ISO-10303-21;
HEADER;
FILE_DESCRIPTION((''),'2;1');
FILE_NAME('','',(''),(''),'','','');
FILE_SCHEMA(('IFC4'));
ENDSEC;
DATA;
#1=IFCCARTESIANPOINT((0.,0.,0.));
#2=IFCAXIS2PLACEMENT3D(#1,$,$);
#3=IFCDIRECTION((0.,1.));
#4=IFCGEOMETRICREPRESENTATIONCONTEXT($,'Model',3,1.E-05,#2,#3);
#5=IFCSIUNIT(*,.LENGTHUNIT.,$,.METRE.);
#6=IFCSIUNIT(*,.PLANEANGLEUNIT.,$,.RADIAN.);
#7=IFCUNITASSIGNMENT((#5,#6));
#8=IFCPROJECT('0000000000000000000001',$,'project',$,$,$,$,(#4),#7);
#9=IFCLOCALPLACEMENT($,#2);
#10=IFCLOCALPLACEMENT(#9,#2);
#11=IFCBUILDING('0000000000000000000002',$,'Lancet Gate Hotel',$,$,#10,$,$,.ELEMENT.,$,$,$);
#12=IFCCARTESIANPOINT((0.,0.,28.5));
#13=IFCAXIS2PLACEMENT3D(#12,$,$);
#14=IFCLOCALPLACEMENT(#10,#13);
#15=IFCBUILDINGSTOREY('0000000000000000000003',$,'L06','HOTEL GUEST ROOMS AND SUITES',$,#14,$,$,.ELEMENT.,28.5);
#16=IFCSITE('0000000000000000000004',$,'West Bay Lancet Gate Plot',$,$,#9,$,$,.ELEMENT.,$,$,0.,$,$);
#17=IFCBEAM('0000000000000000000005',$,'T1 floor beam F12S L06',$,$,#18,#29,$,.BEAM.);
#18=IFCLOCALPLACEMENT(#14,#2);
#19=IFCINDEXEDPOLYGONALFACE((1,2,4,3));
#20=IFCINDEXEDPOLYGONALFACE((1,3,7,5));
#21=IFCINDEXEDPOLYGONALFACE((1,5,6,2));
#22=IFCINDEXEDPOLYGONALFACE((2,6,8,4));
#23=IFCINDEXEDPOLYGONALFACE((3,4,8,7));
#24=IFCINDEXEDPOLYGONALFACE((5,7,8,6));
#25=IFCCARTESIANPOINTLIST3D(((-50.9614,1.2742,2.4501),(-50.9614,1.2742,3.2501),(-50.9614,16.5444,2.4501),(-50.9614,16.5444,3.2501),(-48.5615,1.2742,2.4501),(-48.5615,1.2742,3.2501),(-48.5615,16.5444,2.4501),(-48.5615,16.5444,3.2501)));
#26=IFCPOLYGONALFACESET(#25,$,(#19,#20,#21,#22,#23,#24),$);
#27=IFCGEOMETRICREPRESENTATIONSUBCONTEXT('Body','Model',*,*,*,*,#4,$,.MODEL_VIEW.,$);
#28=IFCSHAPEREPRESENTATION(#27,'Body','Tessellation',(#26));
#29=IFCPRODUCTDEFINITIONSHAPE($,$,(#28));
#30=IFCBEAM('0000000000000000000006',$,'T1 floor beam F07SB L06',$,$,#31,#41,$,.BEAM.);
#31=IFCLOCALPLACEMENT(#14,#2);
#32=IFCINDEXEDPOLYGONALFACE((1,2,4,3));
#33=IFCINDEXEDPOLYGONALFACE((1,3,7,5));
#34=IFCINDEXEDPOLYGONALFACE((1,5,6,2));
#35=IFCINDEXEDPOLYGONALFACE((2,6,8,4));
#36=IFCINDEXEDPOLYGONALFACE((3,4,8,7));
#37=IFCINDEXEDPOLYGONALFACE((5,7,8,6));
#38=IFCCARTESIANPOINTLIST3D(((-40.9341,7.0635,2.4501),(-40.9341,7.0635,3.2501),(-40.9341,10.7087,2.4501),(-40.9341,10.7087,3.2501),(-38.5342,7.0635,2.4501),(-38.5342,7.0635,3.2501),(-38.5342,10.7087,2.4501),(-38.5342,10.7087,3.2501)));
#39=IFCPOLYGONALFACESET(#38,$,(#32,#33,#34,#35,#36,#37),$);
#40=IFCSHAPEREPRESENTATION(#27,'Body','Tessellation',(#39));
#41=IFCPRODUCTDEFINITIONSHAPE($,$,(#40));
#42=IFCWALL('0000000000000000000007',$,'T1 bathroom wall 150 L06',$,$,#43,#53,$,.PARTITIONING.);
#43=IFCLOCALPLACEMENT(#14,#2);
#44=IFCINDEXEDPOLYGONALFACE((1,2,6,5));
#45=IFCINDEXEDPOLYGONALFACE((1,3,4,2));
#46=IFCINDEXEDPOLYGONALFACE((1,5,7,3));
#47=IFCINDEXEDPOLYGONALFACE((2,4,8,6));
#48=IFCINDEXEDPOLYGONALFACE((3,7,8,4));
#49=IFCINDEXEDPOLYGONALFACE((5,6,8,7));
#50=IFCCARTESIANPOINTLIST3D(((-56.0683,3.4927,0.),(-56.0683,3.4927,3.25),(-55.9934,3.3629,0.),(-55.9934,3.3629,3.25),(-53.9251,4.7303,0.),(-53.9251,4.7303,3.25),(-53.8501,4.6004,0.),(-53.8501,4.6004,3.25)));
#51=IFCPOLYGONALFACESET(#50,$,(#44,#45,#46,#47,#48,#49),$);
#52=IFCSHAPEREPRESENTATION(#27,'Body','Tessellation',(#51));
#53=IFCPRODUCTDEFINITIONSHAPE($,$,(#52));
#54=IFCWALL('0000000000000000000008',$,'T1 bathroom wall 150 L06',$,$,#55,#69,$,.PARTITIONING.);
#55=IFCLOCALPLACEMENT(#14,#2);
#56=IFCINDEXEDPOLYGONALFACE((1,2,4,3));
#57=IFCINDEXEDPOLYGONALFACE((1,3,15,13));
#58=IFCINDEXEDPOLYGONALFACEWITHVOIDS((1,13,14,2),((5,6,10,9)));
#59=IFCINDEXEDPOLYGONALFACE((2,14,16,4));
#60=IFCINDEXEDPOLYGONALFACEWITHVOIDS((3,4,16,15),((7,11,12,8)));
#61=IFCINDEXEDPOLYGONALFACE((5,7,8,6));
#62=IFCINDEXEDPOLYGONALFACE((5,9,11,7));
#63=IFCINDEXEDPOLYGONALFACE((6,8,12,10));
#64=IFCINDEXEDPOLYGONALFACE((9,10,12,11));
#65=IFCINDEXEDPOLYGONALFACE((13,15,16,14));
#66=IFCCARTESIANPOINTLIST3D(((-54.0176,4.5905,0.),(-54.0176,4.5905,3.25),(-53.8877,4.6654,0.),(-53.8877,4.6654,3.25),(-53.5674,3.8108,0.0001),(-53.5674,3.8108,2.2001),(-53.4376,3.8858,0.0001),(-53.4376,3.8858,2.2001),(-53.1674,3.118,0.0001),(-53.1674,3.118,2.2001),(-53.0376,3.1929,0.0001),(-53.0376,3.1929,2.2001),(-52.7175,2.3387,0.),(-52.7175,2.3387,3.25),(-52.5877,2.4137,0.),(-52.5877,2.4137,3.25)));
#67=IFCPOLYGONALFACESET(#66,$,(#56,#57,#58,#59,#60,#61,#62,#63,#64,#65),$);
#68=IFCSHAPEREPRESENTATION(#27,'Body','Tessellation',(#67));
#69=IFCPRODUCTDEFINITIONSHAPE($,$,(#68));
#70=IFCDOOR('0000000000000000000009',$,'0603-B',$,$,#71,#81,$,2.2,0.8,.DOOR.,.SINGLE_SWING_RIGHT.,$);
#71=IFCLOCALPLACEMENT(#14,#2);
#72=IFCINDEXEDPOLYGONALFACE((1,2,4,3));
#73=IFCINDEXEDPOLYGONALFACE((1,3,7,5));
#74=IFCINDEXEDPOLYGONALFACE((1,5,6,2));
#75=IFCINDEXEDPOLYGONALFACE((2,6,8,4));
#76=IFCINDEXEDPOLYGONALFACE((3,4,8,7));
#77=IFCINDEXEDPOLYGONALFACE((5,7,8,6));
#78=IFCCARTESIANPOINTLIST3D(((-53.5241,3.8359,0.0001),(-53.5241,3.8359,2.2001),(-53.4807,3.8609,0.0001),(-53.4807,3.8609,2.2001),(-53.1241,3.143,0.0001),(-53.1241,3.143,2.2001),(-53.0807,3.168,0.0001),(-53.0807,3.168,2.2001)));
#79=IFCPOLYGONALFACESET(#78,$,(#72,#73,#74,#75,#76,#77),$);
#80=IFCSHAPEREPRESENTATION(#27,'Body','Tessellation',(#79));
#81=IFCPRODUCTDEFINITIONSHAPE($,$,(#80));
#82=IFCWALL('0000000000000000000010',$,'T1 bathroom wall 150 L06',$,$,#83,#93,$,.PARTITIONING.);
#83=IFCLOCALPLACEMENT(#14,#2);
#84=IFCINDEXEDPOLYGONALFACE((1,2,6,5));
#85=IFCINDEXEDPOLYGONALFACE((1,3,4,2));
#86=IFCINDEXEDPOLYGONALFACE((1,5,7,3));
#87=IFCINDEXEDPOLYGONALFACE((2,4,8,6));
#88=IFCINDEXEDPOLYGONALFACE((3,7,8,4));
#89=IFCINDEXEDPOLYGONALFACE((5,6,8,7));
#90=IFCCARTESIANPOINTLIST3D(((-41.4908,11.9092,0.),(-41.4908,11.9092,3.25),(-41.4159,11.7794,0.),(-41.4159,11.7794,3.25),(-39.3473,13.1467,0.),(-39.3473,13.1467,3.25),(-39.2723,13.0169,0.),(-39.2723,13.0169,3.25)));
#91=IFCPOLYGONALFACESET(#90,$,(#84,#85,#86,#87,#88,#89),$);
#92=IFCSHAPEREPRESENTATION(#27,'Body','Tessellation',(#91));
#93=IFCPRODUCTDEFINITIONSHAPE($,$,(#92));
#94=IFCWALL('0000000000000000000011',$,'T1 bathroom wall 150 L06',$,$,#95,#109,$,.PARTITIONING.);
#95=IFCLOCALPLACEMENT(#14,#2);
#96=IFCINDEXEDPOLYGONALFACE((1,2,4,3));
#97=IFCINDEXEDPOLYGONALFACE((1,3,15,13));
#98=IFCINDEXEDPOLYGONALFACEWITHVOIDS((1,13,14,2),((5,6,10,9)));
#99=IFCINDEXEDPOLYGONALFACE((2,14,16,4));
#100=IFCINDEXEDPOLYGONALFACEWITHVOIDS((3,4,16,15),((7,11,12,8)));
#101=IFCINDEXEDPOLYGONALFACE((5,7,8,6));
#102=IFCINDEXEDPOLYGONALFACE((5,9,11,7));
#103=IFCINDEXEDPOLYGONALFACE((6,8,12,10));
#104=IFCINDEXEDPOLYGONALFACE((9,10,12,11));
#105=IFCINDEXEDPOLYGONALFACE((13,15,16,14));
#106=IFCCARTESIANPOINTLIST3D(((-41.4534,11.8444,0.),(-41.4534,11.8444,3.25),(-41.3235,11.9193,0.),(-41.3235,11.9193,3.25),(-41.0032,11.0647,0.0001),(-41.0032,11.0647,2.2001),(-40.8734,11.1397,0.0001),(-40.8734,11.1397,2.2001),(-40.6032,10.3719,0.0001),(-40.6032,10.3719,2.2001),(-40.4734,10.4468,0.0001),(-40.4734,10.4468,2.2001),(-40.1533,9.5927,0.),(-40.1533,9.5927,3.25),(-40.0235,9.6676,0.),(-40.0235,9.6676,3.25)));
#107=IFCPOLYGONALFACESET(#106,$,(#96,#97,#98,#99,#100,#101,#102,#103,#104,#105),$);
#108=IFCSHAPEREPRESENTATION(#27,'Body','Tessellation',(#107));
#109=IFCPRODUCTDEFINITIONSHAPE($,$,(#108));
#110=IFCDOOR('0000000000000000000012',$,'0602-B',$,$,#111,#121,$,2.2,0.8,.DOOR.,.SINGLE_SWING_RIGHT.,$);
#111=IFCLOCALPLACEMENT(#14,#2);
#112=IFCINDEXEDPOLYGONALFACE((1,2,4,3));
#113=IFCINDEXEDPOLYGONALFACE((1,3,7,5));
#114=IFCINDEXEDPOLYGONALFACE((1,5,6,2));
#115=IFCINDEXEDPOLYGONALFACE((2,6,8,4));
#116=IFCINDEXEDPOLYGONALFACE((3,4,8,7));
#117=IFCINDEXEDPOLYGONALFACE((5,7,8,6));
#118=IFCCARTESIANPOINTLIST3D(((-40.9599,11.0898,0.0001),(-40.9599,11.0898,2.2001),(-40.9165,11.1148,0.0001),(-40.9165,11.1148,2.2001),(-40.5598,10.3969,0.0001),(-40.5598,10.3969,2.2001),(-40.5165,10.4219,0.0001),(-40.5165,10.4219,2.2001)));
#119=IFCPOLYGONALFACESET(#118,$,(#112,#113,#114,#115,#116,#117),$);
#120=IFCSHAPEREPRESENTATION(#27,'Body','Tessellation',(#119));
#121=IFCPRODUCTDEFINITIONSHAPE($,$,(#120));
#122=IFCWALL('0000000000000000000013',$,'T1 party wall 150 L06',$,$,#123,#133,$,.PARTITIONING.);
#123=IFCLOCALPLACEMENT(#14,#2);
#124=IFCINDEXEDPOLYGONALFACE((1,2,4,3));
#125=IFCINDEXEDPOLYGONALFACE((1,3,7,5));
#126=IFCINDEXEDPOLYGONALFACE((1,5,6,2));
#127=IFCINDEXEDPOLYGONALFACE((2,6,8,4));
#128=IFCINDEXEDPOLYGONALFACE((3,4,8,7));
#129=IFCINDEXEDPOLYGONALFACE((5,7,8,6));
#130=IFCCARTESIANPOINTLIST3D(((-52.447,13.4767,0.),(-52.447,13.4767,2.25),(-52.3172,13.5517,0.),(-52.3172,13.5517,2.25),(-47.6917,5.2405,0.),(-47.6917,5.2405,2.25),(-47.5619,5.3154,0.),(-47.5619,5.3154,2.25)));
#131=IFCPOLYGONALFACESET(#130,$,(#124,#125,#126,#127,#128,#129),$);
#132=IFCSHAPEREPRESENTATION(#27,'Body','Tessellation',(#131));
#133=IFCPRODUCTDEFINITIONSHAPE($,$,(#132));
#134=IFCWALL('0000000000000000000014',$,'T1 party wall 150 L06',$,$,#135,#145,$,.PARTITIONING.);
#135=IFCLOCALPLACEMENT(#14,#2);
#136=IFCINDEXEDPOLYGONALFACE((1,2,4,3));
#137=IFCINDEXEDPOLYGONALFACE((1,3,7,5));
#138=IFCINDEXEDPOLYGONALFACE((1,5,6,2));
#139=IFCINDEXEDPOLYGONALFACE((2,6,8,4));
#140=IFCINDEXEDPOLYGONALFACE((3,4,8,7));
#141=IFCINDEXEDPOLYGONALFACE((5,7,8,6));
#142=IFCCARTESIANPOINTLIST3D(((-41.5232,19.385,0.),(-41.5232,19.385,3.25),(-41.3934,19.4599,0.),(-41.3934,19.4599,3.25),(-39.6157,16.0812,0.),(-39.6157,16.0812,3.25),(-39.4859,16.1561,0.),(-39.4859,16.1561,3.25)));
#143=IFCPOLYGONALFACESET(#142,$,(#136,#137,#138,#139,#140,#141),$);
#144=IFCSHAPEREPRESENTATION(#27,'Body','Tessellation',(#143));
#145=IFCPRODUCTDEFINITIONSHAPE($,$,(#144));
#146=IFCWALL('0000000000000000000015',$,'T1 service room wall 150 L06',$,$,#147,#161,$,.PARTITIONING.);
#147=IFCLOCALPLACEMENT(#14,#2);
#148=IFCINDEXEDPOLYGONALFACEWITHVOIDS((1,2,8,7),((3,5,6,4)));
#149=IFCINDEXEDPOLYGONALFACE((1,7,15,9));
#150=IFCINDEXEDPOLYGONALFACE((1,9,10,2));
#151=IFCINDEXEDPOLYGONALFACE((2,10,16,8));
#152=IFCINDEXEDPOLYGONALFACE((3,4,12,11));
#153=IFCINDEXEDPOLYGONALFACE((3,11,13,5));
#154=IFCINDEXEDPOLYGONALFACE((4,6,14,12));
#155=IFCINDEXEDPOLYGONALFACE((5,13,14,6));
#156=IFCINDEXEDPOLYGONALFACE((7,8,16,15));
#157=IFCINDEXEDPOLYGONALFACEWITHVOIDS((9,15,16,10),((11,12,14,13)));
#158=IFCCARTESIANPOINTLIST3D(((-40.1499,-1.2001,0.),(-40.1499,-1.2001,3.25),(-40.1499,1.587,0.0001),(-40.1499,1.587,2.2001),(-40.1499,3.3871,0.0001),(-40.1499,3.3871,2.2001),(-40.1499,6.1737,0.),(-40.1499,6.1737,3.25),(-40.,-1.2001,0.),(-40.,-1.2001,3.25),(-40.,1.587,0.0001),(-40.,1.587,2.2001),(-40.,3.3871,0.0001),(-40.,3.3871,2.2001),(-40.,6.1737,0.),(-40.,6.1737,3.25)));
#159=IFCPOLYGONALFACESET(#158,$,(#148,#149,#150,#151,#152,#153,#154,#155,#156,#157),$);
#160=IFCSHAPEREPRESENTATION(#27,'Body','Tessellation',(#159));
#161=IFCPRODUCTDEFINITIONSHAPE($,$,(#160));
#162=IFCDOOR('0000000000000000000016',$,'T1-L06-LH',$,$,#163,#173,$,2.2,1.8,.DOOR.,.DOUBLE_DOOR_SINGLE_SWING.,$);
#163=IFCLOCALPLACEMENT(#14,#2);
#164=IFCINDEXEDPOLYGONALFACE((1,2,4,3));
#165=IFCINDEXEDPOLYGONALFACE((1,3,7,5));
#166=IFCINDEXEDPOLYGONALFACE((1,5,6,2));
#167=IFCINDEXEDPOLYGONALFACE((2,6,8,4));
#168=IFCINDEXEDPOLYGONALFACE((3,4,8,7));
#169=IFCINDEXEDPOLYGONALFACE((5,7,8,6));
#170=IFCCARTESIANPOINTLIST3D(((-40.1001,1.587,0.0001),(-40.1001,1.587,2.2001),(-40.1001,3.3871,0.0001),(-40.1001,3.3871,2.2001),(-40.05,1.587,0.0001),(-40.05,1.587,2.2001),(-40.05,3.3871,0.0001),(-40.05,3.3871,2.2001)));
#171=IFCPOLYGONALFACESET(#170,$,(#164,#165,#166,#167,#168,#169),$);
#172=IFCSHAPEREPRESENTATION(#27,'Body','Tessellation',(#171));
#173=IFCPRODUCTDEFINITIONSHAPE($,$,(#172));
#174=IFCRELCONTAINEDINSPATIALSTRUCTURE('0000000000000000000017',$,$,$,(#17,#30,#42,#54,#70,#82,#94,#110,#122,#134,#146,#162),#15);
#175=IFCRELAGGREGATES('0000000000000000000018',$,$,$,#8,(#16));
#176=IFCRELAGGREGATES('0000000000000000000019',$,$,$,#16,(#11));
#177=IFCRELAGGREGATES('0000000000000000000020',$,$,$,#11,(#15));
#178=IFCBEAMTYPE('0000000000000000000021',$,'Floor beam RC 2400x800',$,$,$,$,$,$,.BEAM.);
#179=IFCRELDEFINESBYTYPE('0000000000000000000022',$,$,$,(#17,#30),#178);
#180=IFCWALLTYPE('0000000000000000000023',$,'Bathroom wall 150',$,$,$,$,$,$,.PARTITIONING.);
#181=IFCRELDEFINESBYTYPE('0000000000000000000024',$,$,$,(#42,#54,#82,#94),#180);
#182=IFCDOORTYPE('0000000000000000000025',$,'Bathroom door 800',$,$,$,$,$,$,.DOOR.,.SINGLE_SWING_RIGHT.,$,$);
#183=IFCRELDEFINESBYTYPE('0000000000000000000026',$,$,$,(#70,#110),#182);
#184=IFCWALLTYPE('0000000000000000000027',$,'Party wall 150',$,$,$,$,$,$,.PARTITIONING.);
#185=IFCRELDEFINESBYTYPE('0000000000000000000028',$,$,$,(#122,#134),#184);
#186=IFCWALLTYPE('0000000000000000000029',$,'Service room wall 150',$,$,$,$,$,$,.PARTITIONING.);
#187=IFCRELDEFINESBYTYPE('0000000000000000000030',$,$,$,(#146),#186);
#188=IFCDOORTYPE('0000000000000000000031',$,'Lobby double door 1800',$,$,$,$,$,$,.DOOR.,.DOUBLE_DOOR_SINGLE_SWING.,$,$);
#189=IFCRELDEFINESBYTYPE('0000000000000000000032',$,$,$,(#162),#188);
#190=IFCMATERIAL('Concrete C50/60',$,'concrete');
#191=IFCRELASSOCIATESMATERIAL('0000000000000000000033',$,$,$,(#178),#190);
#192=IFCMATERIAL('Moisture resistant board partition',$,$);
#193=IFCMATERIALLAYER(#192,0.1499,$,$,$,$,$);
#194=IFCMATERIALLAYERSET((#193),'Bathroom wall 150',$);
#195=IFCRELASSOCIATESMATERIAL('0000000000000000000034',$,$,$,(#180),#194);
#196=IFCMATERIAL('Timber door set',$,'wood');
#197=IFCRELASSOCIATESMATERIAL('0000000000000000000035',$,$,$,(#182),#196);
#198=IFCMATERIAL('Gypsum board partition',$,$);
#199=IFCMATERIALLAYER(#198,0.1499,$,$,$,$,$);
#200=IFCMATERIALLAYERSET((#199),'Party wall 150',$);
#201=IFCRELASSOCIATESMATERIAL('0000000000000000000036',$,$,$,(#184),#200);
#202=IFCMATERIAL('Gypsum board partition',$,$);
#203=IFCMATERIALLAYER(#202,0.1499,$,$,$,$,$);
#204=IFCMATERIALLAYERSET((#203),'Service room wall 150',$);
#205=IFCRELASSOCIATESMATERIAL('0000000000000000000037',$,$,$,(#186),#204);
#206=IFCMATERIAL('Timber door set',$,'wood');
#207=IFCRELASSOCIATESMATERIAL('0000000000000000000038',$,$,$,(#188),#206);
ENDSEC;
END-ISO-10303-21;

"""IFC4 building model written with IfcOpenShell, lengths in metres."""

from ifc_helpers import new_model, si_unit, direction, frame, frame_2d, origin, origin_2d, place, context, subcontext, project, spatial, rectangle, extrude, material, layer, layer_set, material_profile, profile_set, type_object, element, fill, save


model = new_model("IFC4")

# Units and contexts
model_context = context("Model", 3, precision=1e-05, world=origin(), true_north=direction((0.0, 1.0)))
body_context = subcontext(model_context, "Body", "Model", "MODEL_VIEW")
ifc_project = project(units=[si_unit("LENGTHUNIT", "METRE"), si_unit("PLANEANGLEUNIT", "RADIAN")], contexts=[model_context])

# Site, building, storey
site_placement = place(None, origin())
site = spatial("IfcSite", under=ifc_project, at=site_placement, Name="West Bay Lancet Gate Plot", CompositionType="ELEMENT", RefElevation=0.0)
building_placement = place(site_placement, origin())
building = spatial("IfcBuilding", under=site, at=building_placement, Name="Lancet Gate Hotel", CompositionType="ELEMENT")
storey_placement = place(building_placement, frame((0.0, 0.0, 28.5)))
storey = spatial("IfcBuildingStorey", under=building, at=storey_placement, Name="L06", Description="HOTEL GUEST ROOMS AND SUITES", CompositionType="ELEMENT", Elevation=28.5)

# Beams
ifc_material_1 = material(Name="Concrete C50/60", Category="concrete")
ifc_material_profile_1 = material_profile(ifc_material_1, rectangle(XDim=2.3999, YDim=0.8, at=origin_2d()), Name="RC 2400x800")
ifc_profile_set_1 = profile_set([ifc_material_profile_1], Name="Concrete C50/60")
beam_type_1 = type_object("IfcBeamType", Name="Floor beam RC 2400x800", PredefinedType="BEAM", material=ifc_profile_set_1)
beam_1_placement = place(storey_placement, frame((-49.7615, 16.5444, 2.8501), z_axis=(0.0, -1.0, 0.0), x_axis=(1.0, 0.0, 0.0)))
element("IfcBeam", 1, at=beam_1_placement, inside=storey, type_object=beam_type_1, Name="T1 floor beam F12S L06", PredefinedType="BEAM", context=body_context, shape_type="SweptSolid", body=[
    extrude(rectangle(XDim=2.3999, YDim=0.8, at=origin_2d()), origin(), (0.0, 0.0, 1.0), 15.2703),
])
beam_2_placement = place(storey_placement, frame((-39.7341, 10.7087, 2.8501), z_axis=(0.0, -1.0, 0.0), x_axis=(1.0, 0.0, 0.0)))
element("IfcBeam", 2, at=beam_2_placement, inside=storey, type_object=beam_type_1, Name="T1 floor beam F07SB L06", PredefinedType="BEAM", context=body_context, shape_type="SweptSolid", body=[
    extrude(rectangle(XDim=2.3999, YDim=0.8, at=origin_2d()), origin(), (0.0, 0.0, 1.0), 3.6453),
])

# Wall
ifc_material_2 = material(Name="Moisture resistant board partition")
ifc_layer_1 = layer(ifc_material_2, 0.1499)
ifc_layer_set_1 = layer_set([ifc_layer_1], Name="Bathroom wall 150")
wall_type_1 = type_object("IfcWallType", Name="Bathroom wall 150", PredefinedType="PARTITIONING", material=ifc_layer_set_1)
wall_1_placement = place(storey_placement, frame((-53.8877, 4.6653, 0.0), z_axis=(0.0, 0.0, 1.0), x_axis=(-0.866007, -0.500033, 0.0)))
element("IfcWall", 3, at=wall_1_placement, inside=storey, type_object=wall_type_1, Name="T1 bathroom wall 150 L06", PredefinedType="PARTITIONING", context=body_context, shape_type="SweptSolid", body=[
    extrude(rectangle(XDim=2.4749, YDim=0.1499, at=frame_2d((1.2373, 0.0))), origin(), (0.0, 0.0, 1.0), 3.25),
])

# Wall, opening, door
wall_2_placement = place(storey_placement, frame((-52.6526, 2.3762, 0.0), z_axis=(0.0, 0.0, 1.0), x_axis=(-0.500007, 0.866021, 0.0)))
wall_2 = element("IfcWall", 4, at=wall_2_placement, inside=storey, type_object=wall_type_1, Name="T1 bathroom wall 150 L06", PredefinedType="PARTITIONING", context=body_context, shape_type="SweptSolid", body=[
    extrude(rectangle(XDim=2.6001, YDim=0.1499, at=frame_2d((1.3, 0.0))), origin(), (0.0, 0.0, 1.0), 3.25),
])
opening_1_placement = place(wall_2_placement, frame((0.8999, 0.0, 0.0)))
opening_1 = element("IfcOpeningElement", 5, at=opening_1_placement, cuts=wall_2, PredefinedType="OPENING", context=body_context, shape_type="SweptSolid", body=[
    extrude(rectangle(XDim=0.8, YDim=2.2, at=frame_2d((0.3999, 1.1001))), frame((0.0, 0.085, 0.0), z_axis=(0.0, -1.0, 0.0), x_axis=(1.0, 0.0, 0.0)), (0.0, 0.0, 1.0), 0.1699),
])
ifc_material_3 = material(Name="Timber door set", Category="wood")
door_type_1 = type_object("IfcDoorType", Name="Bathroom door 800", OperationType="SINGLE_SWING_RIGHT", PredefinedType="DOOR", material=ifc_material_3)
door_1_placement = place(opening_1_placement, origin())
door_1 = element("IfcDoor", 6, at=door_1_placement, inside=storey, type_object=door_type_1, Name="0603-B", OperationType="SINGLE_SWING_RIGHT", OverallHeight=2.2, OverallWidth=0.8, PredefinedType="DOOR", context=body_context, shape_type="SweptSolid", body=[
    extrude(rectangle(XDim=0.8, YDim=2.2, at=frame_2d((0.3999, 1.1001))), frame((0.0, 0.0249, 0.0), z_axis=(0.0, -1.0, 0.0), x_axis=(1.0, 0.0, 0.0)), (0.0, 0.0, 1.0), 0.05),
])
fill(opening_1, door_1)

# Wall
wall_3_placement = place(storey_placement, frame((-39.3098, 13.0818, 0.0), z_axis=(0.0, 0.0, 1.0), x_axis=(-0.866031, -0.49999, 0.0)))
element("IfcWall", 7, at=wall_3_placement, inside=storey, type_object=wall_type_1, Name="T1 bathroom wall 150 L06", PredefinedType="PARTITIONING", context=body_context, shape_type="SweptSolid", body=[
    extrude(rectangle(XDim=2.4751, YDim=0.1499, at=frame_2d((1.2375, 0.0))), origin(), (0.0, 0.0, 1.0), 3.25),
])

# Wall, opening, door
wall_4_placement = place(storey_placement, frame((-40.0884, 9.6301, 0.0), z_axis=(0.0, 0.0, 1.0), x_axis=(-0.500007, 0.866021, 0.0)))
wall_4 = element("IfcWall", 8, at=wall_4_placement, inside=storey, type_object=wall_type_1, Name="T1 bathroom wall 150 L06", PredefinedType="PARTITIONING", context=body_context, shape_type="SweptSolid", body=[
    extrude(rectangle(XDim=2.6001, YDim=0.1499, at=frame_2d((1.3, 0.0))), origin(), (0.0, 0.0, 1.0), 3.25),
])
opening_2_placement = place(wall_4_placement, frame((0.8999, 0.0, 0.0)))
opening_2 = element("IfcOpeningElement", 9, at=opening_2_placement, cuts=wall_4, PredefinedType="OPENING", context=body_context, shape_type="SweptSolid", body=[
    extrude(rectangle(XDim=0.8, YDim=2.2, at=frame_2d((0.3999, 1.1001))), frame((0.0, 0.085, 0.0), z_axis=(0.0, -1.0, 0.0), x_axis=(1.0, 0.0, 0.0)), (0.0, 0.0, 1.0), 0.1699),
])
door_2_placement = place(opening_2_placement, origin())
door_2 = element("IfcDoor", 10, at=door_2_placement, inside=storey, type_object=door_type_1, Name="0602-B", OperationType="SINGLE_SWING_RIGHT", OverallHeight=2.2, OverallWidth=0.8, PredefinedType="DOOR", context=body_context, shape_type="SweptSolid", body=[
    extrude(rectangle(XDim=0.8, YDim=2.2, at=frame_2d((0.3999, 1.1001))), frame((0.0, 0.0249, 0.0), z_axis=(0.0, -1.0, 0.0), x_axis=(1.0, 0.0, 0.0)), (0.0, 0.0, 1.0), 0.05),
])
fill(opening_2, door_2)

# Walls
ifc_material_4 = material(Name="Gypsum board partition")
ifc_layer_2 = layer(ifc_material_4, 0.1499)
ifc_layer_set_2 = layer_set([ifc_layer_2], Name="Party wall 150")
wall_type_2 = type_object("IfcWallType", Name="Party wall 150", PredefinedType="PARTITIONING", material=ifc_layer_set_2)
wall_5_placement = place(storey_placement, frame((-47.6267, 5.2778, 0.0), z_axis=(0.0, 0.0, 1.0), x_axis=(-0.50001, 0.86602, 0.0)))
element("IfcWall", 11, at=wall_5_placement, inside=storey, type_object=wall_type_2, Name="T1 party wall 150 L06", PredefinedType="PARTITIONING", context=body_context, shape_type="SweptSolid", body=[
    extrude(rectangle(XDim=9.5105, YDim=0.1499, at=frame_2d((4.7554, 0.0))), origin(), (0.0, 0.0, 1.0), 2.25),
])
wall_6_placement = place(storey_placement, frame((-39.5508, 16.1187, 0.0), z_axis=(0.0, 0.0, 1.0), x_axis=(-0.500014, 0.866017, 0.0)))
element("IfcWall", 12, at=wall_6_placement, inside=storey, type_object=wall_type_2, Name="T1 party wall 150 L06", PredefinedType="PARTITIONING", context=body_context, shape_type="SweptSolid", body=[
    extrude(rectangle(XDim=3.8149, YDim=0.1499, at=frame_2d((1.9075, 0.0))), origin(), (0.0, 0.0, 1.0), 3.25),
])

# Wall, opening, door
ifc_material_5 = material(Name="Gypsum board partition")
ifc_layer_3 = layer(ifc_material_5, 0.1499)
ifc_layer_set_3 = layer_set([ifc_layer_3], Name="Service room wall 150")
wall_type_3 = type_object("IfcWallType", Name="Service room wall 150", PredefinedType="PARTITIONING", material=ifc_layer_set_3)
wall_7_placement = place(storey_placement, frame((-40.075, 6.1738, 0.0), z_axis=(0.0, 0.0, 1.0), x_axis=(0.0, -1.0, 0.0)))
wall_7 = element("IfcWall", 13, at=wall_7_placement, inside=storey, type_object=wall_type_3, Name="T1 service room wall 150 L06", PredefinedType="PARTITIONING", context=body_context, shape_type="SweptSolid", body=[
    extrude(rectangle(XDim=7.3738, YDim=0.1499, at=frame_2d((3.687, 0.0))), origin(), (0.0, 0.0, 1.0), 3.25),
])
opening_3_placement = place(wall_7_placement, frame((2.7869, 0.0, 0.0)))
opening_3 = element("IfcOpeningElement", 14, at=opening_3_placement, cuts=wall_7, PredefinedType="OPENING", context=body_context, shape_type="SweptSolid", body=[
    extrude(rectangle(XDim=1.8, YDim=2.2, at=frame_2d((0.8999, 1.1001))), frame((0.0, 0.085, 0.0), z_axis=(0.0, -1.0, 0.0), x_axis=(1.0, 0.0, 0.0)), (0.0, 0.0, 1.0), 0.1699),
])
ifc_material_6 = material(Name="Timber door set", Category="wood")
door_type_2 = type_object("IfcDoorType", Name="Lobby double door 1800", OperationType="DOUBLE_DOOR_SINGLE_SWING", PredefinedType="DOOR", material=ifc_material_6)
door_3_placement = place(opening_3_placement, origin())
door_3 = element("IfcDoor", 15, at=door_3_placement, inside=storey, type_object=door_type_2, Name="T1-L06-LH", OperationType="DOUBLE_DOOR_SINGLE_SWING", OverallHeight=2.2, OverallWidth=1.8, PredefinedType="DOOR", context=body_context, shape_type="SweptSolid", body=[
    extrude(rectangle(XDim=1.8, YDim=2.2, at=frame_2d((0.8999, 1.1001))), frame((0.0, 0.0249, 0.0), z_axis=(0.0, -1.0, 0.0), x_axis=(1.0, 0.0, 0.0)), (0.0, 0.0, 1.0), 0.05),
])
fill(opening_3, door_3)

save(model, "model.ifc")
